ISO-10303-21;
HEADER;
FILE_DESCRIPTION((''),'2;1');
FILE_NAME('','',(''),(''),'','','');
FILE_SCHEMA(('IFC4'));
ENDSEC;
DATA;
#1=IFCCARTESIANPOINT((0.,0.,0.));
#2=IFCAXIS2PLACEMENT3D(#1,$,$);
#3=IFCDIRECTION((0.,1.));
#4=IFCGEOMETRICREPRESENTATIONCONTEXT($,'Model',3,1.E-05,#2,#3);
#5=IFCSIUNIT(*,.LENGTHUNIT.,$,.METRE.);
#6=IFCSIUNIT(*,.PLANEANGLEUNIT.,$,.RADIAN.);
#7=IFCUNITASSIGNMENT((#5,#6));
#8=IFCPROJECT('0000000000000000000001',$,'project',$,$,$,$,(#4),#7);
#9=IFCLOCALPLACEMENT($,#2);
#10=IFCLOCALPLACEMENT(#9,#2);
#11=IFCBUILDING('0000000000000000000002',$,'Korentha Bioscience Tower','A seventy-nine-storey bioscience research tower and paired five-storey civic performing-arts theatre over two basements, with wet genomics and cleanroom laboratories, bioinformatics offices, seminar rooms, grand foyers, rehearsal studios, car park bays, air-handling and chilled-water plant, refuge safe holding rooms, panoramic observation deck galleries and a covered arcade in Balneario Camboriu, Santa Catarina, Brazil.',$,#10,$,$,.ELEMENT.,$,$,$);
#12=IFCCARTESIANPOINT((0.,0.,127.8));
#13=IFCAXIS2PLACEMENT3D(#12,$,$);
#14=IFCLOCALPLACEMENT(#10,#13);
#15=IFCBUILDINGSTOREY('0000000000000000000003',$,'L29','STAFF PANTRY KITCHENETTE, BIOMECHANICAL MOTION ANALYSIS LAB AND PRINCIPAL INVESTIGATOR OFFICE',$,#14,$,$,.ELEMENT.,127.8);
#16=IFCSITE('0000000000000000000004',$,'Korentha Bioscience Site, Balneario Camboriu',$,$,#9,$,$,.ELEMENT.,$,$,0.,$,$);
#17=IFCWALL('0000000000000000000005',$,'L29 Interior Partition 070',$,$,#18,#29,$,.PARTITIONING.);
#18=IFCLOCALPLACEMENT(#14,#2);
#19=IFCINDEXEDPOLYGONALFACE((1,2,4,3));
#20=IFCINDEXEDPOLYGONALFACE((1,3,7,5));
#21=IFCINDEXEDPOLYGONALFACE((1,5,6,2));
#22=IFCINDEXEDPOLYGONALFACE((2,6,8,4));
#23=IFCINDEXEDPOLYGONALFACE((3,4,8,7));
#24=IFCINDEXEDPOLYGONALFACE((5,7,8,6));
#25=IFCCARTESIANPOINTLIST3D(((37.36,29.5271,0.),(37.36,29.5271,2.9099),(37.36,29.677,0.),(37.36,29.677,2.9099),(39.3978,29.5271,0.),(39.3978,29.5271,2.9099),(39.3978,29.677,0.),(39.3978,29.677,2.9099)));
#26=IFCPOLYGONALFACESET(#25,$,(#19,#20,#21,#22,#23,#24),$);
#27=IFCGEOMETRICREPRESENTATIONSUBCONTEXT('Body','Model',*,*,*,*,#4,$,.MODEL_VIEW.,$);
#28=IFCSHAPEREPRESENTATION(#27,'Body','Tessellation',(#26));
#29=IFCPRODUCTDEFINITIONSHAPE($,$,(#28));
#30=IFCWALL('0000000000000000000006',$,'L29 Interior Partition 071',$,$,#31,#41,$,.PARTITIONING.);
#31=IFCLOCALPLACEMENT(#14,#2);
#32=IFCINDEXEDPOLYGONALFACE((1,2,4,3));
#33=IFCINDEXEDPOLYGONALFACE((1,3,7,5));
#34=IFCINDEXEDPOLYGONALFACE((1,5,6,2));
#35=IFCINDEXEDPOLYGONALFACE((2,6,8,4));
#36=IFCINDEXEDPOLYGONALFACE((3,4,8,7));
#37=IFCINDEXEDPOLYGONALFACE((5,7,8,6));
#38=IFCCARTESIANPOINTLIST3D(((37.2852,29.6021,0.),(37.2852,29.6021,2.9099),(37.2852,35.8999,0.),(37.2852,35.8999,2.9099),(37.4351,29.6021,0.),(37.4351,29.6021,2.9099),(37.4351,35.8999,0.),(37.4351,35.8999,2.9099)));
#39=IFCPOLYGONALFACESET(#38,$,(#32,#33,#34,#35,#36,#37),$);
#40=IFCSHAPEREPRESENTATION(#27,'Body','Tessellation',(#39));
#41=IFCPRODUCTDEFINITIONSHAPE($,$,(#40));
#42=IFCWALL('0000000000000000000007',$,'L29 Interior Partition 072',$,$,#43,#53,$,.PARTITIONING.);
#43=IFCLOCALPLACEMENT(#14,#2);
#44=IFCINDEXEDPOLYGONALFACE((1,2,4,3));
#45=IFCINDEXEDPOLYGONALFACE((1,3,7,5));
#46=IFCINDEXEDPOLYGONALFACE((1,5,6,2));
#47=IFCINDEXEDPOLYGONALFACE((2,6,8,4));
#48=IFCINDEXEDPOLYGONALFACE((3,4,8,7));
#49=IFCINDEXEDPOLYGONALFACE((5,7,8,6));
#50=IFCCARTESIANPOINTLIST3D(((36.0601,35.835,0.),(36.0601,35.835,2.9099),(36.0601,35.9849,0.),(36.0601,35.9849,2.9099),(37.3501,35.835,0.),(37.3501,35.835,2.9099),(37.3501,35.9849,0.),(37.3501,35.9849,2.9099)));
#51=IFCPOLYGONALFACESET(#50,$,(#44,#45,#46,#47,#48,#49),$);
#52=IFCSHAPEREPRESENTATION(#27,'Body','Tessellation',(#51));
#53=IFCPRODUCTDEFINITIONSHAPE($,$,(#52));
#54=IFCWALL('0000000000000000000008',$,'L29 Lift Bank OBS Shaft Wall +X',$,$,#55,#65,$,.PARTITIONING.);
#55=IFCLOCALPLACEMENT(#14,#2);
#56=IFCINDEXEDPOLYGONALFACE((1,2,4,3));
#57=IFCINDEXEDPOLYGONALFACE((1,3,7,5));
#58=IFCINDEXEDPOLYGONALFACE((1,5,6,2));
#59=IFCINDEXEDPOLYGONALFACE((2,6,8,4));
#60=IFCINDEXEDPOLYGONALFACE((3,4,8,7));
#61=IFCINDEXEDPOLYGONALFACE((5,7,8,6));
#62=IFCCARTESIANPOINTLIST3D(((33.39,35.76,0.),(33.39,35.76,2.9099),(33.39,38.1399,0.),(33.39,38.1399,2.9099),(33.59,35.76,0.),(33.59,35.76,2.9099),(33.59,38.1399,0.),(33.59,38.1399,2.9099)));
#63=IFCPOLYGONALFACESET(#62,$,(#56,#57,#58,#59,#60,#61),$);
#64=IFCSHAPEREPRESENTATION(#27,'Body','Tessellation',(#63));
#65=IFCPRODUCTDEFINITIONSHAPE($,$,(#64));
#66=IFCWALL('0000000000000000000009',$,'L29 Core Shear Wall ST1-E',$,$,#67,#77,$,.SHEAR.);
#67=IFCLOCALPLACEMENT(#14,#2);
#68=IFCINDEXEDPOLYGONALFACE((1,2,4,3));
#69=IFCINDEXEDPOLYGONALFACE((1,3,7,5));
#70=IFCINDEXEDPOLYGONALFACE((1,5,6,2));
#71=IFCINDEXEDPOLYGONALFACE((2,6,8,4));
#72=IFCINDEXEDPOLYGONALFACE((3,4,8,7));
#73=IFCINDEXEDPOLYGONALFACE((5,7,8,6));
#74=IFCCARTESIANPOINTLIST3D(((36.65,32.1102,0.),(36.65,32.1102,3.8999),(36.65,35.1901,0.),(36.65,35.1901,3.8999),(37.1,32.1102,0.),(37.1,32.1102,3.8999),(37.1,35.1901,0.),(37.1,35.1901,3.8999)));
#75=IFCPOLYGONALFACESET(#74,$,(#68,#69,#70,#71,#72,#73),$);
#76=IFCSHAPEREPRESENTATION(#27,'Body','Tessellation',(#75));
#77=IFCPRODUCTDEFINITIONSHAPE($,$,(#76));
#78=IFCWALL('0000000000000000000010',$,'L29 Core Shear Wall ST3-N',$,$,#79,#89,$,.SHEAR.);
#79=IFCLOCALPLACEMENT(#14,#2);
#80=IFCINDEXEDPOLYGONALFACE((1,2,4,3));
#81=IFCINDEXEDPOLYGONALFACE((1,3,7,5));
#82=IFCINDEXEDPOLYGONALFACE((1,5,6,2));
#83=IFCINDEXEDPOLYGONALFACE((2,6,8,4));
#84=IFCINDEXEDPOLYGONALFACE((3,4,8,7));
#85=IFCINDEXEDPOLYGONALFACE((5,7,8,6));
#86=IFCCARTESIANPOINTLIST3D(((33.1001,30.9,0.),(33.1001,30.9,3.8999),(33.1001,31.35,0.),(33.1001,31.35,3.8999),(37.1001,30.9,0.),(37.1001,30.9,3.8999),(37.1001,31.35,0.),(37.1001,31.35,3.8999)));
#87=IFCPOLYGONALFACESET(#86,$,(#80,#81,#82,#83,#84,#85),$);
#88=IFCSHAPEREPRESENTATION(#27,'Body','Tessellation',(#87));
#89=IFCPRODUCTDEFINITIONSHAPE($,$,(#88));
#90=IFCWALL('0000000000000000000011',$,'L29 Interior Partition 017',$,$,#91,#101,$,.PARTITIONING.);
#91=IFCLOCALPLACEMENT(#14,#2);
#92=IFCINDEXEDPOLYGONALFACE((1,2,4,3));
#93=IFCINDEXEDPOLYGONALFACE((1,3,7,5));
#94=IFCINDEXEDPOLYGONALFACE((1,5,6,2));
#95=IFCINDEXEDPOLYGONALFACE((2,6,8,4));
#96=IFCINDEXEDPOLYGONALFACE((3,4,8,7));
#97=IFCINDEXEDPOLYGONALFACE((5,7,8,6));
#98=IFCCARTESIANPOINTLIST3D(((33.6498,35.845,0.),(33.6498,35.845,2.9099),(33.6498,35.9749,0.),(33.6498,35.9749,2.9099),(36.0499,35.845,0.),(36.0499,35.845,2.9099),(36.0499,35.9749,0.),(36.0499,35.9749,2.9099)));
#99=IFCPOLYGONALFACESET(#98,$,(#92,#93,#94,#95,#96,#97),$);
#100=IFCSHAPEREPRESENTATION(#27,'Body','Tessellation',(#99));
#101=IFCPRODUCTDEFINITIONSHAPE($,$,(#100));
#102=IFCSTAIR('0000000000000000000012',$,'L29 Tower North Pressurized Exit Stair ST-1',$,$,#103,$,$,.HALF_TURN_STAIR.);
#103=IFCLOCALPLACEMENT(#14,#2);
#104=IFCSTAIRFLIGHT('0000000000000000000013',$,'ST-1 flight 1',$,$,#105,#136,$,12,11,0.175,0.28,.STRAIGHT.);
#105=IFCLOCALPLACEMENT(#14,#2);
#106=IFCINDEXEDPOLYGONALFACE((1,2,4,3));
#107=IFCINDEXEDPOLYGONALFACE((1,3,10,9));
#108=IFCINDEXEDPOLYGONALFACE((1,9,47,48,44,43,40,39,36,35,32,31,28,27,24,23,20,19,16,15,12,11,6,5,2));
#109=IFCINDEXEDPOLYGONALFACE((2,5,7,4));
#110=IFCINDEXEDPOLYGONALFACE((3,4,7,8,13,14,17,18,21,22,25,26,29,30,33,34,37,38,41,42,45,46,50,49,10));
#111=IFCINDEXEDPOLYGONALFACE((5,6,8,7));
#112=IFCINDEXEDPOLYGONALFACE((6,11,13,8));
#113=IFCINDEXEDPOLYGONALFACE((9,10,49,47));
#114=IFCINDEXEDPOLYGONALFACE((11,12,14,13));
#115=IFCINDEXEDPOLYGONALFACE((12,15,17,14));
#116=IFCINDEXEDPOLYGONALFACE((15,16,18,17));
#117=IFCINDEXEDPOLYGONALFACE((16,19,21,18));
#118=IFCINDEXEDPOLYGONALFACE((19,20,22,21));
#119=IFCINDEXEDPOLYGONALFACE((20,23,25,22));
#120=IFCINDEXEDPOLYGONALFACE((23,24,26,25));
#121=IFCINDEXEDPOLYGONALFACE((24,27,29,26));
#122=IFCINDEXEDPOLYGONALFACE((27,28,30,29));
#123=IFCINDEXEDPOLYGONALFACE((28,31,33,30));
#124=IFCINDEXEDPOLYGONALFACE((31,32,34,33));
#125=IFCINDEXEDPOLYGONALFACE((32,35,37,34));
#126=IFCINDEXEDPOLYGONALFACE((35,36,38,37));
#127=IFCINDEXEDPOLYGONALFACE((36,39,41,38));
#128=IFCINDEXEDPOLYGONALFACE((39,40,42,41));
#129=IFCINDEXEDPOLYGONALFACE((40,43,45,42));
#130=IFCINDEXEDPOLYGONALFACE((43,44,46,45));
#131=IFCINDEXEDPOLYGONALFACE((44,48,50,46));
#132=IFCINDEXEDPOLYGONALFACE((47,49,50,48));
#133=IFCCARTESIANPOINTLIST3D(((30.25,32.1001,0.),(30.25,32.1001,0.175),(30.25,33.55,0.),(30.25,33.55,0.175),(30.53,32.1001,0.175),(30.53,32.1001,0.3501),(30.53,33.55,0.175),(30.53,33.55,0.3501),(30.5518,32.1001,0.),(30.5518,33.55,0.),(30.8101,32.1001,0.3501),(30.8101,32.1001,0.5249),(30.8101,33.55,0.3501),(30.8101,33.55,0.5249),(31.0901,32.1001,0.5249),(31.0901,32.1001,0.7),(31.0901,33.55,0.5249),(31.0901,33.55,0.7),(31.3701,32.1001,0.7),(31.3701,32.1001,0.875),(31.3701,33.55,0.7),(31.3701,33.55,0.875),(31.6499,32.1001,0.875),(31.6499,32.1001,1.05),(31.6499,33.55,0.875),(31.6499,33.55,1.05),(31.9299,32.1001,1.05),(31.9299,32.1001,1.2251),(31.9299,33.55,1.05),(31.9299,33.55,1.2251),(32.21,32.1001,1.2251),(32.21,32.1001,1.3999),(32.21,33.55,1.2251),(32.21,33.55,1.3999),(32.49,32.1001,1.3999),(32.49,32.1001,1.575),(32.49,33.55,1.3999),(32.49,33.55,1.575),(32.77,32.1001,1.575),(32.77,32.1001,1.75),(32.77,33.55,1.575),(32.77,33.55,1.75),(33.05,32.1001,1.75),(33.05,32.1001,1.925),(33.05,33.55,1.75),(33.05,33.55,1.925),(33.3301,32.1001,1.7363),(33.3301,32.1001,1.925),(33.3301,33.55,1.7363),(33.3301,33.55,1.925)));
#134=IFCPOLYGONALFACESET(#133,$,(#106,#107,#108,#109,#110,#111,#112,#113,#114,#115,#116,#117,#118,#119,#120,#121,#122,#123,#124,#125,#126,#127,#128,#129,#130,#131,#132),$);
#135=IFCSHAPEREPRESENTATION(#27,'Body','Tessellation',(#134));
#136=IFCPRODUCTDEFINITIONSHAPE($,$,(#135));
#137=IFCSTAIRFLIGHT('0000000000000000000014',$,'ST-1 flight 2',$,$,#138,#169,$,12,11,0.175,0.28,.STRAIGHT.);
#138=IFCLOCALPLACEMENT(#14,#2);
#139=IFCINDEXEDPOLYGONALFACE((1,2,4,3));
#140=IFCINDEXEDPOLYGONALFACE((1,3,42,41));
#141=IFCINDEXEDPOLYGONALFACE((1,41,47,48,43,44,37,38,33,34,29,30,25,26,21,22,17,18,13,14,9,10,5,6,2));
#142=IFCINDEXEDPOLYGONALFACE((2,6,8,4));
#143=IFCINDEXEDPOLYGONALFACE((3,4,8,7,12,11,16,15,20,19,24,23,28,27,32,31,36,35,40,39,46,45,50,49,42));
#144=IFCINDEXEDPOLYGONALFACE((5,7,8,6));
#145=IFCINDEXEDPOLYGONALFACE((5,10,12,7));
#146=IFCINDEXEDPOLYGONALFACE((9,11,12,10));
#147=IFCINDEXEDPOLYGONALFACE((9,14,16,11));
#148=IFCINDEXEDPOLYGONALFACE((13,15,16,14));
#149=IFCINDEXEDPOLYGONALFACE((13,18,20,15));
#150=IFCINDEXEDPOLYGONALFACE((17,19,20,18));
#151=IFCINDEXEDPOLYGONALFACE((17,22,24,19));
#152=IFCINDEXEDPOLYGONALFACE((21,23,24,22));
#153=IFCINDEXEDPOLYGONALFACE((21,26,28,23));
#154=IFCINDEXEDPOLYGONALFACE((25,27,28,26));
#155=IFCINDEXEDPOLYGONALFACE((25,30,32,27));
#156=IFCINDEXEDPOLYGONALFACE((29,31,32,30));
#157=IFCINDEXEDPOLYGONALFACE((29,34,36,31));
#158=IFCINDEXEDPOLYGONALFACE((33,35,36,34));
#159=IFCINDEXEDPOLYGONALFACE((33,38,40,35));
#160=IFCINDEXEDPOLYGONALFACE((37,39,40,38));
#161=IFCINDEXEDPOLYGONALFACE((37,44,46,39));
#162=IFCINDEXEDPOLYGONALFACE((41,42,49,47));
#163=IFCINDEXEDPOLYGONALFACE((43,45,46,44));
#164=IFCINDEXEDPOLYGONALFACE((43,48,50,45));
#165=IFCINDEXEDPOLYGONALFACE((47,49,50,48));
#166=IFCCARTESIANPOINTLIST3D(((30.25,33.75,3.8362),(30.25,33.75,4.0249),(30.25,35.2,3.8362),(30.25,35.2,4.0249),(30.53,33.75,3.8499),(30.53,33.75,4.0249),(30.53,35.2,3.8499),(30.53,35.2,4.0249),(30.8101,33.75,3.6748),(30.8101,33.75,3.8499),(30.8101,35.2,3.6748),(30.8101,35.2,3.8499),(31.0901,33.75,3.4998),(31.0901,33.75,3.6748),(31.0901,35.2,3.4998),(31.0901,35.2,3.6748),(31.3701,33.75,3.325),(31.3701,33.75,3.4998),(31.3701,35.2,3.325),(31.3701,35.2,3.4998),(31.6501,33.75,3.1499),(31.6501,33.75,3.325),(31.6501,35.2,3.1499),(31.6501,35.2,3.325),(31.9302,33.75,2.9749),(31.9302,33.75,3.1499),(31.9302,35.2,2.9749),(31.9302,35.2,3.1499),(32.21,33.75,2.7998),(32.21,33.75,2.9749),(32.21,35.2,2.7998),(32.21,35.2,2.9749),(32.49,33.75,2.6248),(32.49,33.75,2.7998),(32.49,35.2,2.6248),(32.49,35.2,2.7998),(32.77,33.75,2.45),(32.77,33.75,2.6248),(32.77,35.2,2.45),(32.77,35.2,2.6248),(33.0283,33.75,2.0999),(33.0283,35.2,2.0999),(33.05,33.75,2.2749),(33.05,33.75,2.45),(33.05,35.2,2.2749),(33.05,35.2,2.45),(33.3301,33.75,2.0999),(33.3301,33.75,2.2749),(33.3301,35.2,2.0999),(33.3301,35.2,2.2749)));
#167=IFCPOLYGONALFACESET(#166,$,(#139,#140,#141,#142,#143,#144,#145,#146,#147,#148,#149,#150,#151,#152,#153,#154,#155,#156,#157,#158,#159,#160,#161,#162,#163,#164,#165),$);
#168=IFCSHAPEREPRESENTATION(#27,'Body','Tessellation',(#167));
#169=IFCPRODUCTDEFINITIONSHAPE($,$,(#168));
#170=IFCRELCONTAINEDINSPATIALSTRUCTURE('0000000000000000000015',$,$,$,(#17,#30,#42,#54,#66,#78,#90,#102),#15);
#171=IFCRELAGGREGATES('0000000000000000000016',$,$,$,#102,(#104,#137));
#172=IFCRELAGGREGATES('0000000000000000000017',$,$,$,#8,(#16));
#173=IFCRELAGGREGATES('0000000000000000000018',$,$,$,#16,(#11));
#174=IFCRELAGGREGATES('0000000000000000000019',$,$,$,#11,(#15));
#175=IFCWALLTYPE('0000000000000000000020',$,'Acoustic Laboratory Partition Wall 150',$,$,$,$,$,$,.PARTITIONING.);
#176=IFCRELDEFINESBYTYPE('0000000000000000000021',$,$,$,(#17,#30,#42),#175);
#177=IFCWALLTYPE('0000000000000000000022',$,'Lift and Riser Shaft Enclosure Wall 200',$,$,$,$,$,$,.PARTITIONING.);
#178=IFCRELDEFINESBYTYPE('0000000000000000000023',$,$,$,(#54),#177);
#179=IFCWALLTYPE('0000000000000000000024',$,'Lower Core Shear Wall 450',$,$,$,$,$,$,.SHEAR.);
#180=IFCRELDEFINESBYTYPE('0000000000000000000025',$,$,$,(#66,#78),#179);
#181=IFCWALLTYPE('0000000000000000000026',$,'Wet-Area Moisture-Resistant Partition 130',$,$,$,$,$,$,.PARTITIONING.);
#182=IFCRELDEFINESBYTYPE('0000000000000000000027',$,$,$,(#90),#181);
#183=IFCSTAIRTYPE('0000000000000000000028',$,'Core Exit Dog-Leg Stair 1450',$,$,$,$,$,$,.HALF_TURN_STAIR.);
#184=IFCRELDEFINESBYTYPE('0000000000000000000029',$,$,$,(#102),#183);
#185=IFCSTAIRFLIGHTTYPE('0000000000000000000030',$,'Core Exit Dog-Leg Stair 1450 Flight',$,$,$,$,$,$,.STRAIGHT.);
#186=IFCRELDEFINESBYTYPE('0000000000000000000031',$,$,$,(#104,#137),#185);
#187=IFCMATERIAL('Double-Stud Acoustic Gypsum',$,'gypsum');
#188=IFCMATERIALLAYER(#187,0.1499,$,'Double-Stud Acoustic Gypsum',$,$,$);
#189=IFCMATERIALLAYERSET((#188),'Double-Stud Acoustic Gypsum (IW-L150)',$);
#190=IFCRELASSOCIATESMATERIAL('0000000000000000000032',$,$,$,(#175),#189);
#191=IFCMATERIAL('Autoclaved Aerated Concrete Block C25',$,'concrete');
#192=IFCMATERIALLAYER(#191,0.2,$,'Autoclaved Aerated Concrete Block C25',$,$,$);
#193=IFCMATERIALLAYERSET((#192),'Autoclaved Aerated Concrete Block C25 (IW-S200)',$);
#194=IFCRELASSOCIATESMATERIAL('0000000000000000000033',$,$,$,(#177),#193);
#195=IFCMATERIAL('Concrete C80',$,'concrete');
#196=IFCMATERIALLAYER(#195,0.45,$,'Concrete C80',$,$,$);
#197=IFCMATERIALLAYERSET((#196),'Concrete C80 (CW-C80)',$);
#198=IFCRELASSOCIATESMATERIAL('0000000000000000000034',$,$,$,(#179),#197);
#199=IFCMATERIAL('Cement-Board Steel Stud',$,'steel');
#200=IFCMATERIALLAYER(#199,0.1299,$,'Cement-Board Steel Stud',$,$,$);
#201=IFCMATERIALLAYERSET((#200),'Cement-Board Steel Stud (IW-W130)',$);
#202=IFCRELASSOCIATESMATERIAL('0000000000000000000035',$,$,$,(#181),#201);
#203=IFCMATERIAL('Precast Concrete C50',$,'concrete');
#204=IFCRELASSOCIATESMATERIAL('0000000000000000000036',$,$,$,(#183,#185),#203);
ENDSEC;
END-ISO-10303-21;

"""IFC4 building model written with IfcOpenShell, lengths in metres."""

from ifc_helpers import new_model, si_unit, direction, frame, frame_2d, origin, place, context, subcontext, project, spatial, polyline, rectangle, outline, extrude, material, layer, layer_set, type_object, element, aggregate, save


model = new_model("IFC4")

# Units and contexts
model_context = context("Model", 3, precision=1e-05, world=origin(), true_north=direction((0.0, 1.0)))
body_context = subcontext(model_context, "Body", "Model", "MODEL_VIEW")
ifc_project = project(units=[si_unit("LENGTHUNIT", "METRE"), si_unit("PLANEANGLEUNIT", "RADIAN")], contexts=[model_context])

# Site, building, storey
site_placement = place(None, origin())
site = spatial("IfcSite", under=ifc_project, at=site_placement, Name="Korentha Bioscience Site, Balneario Camboriu", CompositionType="ELEMENT", RefElevation=0.0)
building_placement = place(site_placement, origin())
building = spatial("IfcBuilding", under=site, at=building_placement, Name="Korentha Bioscience Tower", Description="A seventy-nine-storey bioscience research tower and paired five-storey civic performing-arts theatre over two basements, with wet genomics and cleanroom laboratories, bioinformatics offices, seminar rooms, grand foyers, rehearsal studios, car park bays, air-handling and chilled-water plant, refuge safe holding rooms, panoramic observation deck galleries and a covered arcade in Balneario Camboriu, Santa Catarina, Brazil.", CompositionType="ELEMENT")
storey_placement = place(building_placement, frame((0.0, 0.0, 127.8)))
storey = spatial("IfcBuildingStorey", under=building, at=storey_placement, Name="L29", Description="STAFF PANTRY KITCHENETTE, BIOMECHANICAL MOTION ANALYSIS LAB AND PRINCIPAL INVESTIGATOR OFFICE", CompositionType="ELEMENT", Elevation=127.8)

# Walls
ifc_material_1 = material(Name="Double-Stud Acoustic Gypsum", Category="gypsum")
ifc_layer_1 = layer(ifc_material_1, 0.1499, Name="Double-Stud Acoustic Gypsum")
ifc_layer_set_1 = layer_set([ifc_layer_1], Name="Double-Stud Acoustic Gypsum (IW-L150)")
wall_type_1 = type_object("IfcWallType", Name="Acoustic Laboratory Partition Wall 150", PredefinedType="PARTITIONING", material=ifc_layer_set_1)
wall_1_placement = place(storey_placement, frame((39.3979, 29.6021, 0.0), z_axis=(0.0, 0.0, 1.0), x_axis=(-1.0, 0.0, 0.0)))
element("IfcWall", 1, at=wall_1_placement, inside=storey, type_object=wall_type_1, Name="L29 Interior Partition 070", PredefinedType="PARTITIONING", context=body_context, shape_type="SweptSolid", body=[
    extrude(rectangle(XDim=2.0378, YDim=0.1499, at=frame_2d((1.019, 0.0))), origin(), (0.0, 0.0, 1.0), 2.9099),
])
wall_2_placement = place(storey_placement, frame((37.3601, 29.6021, 0.0), z_axis=(0.0, 0.0, 1.0), x_axis=(0.0, 1.0, 0.0)))
element("IfcWall", 2, at=wall_2_placement, inside=storey, type_object=wall_type_1, Name="L29 Interior Partition 071", PredefinedType="PARTITIONING", context=body_context, shape_type="SweptSolid", body=[
    extrude(rectangle(XDim=6.2979, YDim=0.1499, at=frame_2d((3.1489, 0.0))), origin(), (0.0, 0.0, 1.0), 2.9099),
])
wall_3_placement = place(storey_placement, frame((37.3501, 35.9099, 0.0), z_axis=(0.0, 0.0, 1.0), x_axis=(-1.0, 0.0, 0.0)))
element("IfcWall", 3, at=wall_3_placement, inside=storey, type_object=wall_type_1, Name="L29 Interior Partition 072", PredefinedType="PARTITIONING", context=body_context, shape_type="SweptSolid", body=[
    extrude(rectangle(XDim=1.29, YDim=0.1499, at=frame_2d((0.645, 0.0))), origin(), (0.0, 0.0, 1.0), 2.9099),
])
ifc_material_2 = material(Name="Autoclaved Aerated Concrete Block C25", Category="concrete")
ifc_layer_2 = layer(ifc_material_2, 0.2, Name="Autoclaved Aerated Concrete Block C25")
ifc_layer_set_2 = layer_set([ifc_layer_2], Name="Autoclaved Aerated Concrete Block C25 (IW-S200)")
wall_type_2 = type_object("IfcWallType", Name="Lift and Riser Shaft Enclosure Wall 200", PredefinedType="PARTITIONING", material=ifc_layer_set_2)
wall_4_placement = place(storey_placement, frame((33.49, 35.76, 0.0), z_axis=(0.0, 0.0, 1.0), x_axis=(0.0, 1.0, 0.0)))
element("IfcWall", 4, at=wall_4_placement, inside=storey, type_object=wall_type_2, Name="L29 Lift Bank OBS Shaft Wall +X", PredefinedType="PARTITIONING", context=body_context, shape_type="SweptSolid", body=[
    extrude(rectangle(XDim=2.3799, YDim=0.2, at=frame_2d((1.1899, 0.0))), origin(), (0.0, 0.0, 1.0), 2.9099),
])
ifc_material_3 = material(Name="Concrete C80", Category="concrete")
ifc_layer_3 = layer(ifc_material_3, 0.45, Name="Concrete C80")
ifc_layer_set_3 = layer_set([ifc_layer_3], Name="Concrete C80 (CW-C80)")
wall_type_3 = type_object("IfcWallType", Name="Lower Core Shear Wall 450", PredefinedType="SHEAR", material=ifc_layer_set_3)
wall_5_placement = place(storey_placement, frame((36.875, 32.1101, 0.0), z_axis=(0.0, 0.0, 1.0), x_axis=(0.0, 1.0, 0.0)))
element("IfcWall", 5, at=wall_5_placement, inside=storey, type_object=wall_type_3, Name="L29 Core Shear Wall ST1-E", PredefinedType="SHEAR", context=body_context, shape_type="SweptSolid", body=[
    extrude(rectangle(XDim=3.0798, YDim=0.45, at=frame_2d((1.54, 0.0))), origin(), (0.0, 0.0, 1.0), 3.8999),
])
wall_6_placement = place(storey_placement, frame((33.1001, 31.125, 0.0), z_axis=(0.0, 0.0, 1.0), x_axis=(1.0, 0.0, 0.0)))
element("IfcWall", 6, at=wall_6_placement, inside=storey, type_object=wall_type_3, Name="L29 Core Shear Wall ST3-N", PredefinedType="SHEAR", context=body_context, shape_type="SweptSolid", body=[
    extrude(rectangle(XDim=4.0, YDim=0.45, at=frame_2d((2.0, 0.0))), origin(), (0.0, 0.0, 1.0), 3.8999),
])
ifc_material_4 = material(Name="Cement-Board Steel Stud", Category="steel")
ifc_layer_4 = layer(ifc_material_4, 0.1299, Name="Cement-Board Steel Stud")
ifc_layer_set_4 = layer_set([ifc_layer_4], Name="Cement-Board Steel Stud (IW-W130)")
wall_type_4 = type_object("IfcWallType", Name="Wet-Area Moisture-Resistant Partition 130", PredefinedType="PARTITIONING", material=ifc_layer_set_4)
wall_7_placement = place(storey_placement, frame((36.05, 35.9099, 0.0), z_axis=(0.0, 0.0, 1.0), x_axis=(-1.0, 0.0, 0.0)))
element("IfcWall", 7, at=wall_7_placement, inside=storey, type_object=wall_type_4, Name="L29 Interior Partition 017", PredefinedType="PARTITIONING", context=body_context, shape_type="SweptSolid", body=[
    extrude(rectangle(XDim=2.4001, YDim=0.1299, at=frame_2d((1.2002, 0.0))), origin(), (0.0, 0.0, 1.0), 2.9099),
])

# Stair, stair flights
ifc_material_5 = material(Name="Precast Concrete C50", Category="concrete")
stair_type = type_object("IfcStairType", Name="Core Exit Dog-Leg Stair 1450", PredefinedType="HALF_TURN_STAIR", material=ifc_material_5)
stair_1_placement = place(storey_placement, origin())
stair_1 = element("IfcStair", 8, at=stair_1_placement, inside=storey, type_object=stair_type, Name="L29 Tower North Pressurized Exit Stair ST-1", PredefinedType="HALF_TURN_STAIR")
stair_flight_type = type_object("IfcStairFlightType", Name="Core Exit Dog-Leg Stair 1450 Flight", PredefinedType="STRAIGHT", material=ifc_material_5)
stair_flight_1_placement = place(storey_placement, frame((30.25, 32.825, 0.0), z_axis=(0.0, 0.0, 1.0), x_axis=(1.0, 0.0, 0.0)))
stair_flight_1 = element("IfcStairFlight", 9, at=stair_flight_1_placement, type_object=stair_flight_type, Name="ST-1 flight 1", NumberOfRisers=12, NumberOfTreads=11, PredefinedType="STRAIGHT", RiserHeight=0.175, TreadLength=0.28, context=body_context, shape_type="SweptSolid", body=[
    extrude(outline(polyline([(0.0, 0.0), (0.0, 0.175), (0.28, 0.175), (0.28, 0.3501), (0.5601, 0.3501), (0.5601, 0.5249), (0.8401, 0.5249), (0.8401, 0.7), (1.1201, 0.7), (1.1201, 0.875), (1.3999, 0.875), (1.3999, 1.05), (1.6799, 1.05), (1.6799, 1.2251), (1.96, 1.2251), (1.96, 1.3999), (2.24, 1.3999), (2.24, 1.575), (2.52, 1.575), (2.52, 1.75), (2.8, 1.75), (2.8, 1.925), (3.0801, 1.925), (3.0801, 2.1001), (3.0801, 1.7363), (0.3018, 0.0), (0.0, 0.0)])), frame((0.0, 0.7251, 0.0), z_axis=(0.0, -1.0, 0.0), x_axis=(1.0, 0.0, 0.0)), (0.0, 0.0, 1.0), 1.45),
])
stair_flight_2_placement = place(storey_placement, frame((33.3301, 34.4751, 2.0999), z_axis=(0.0, 0.0, 1.0), x_axis=(-1.0, 0.0, 0.0)))
stair_flight_2 = element("IfcStairFlight", 10, at=stair_flight_2_placement, type_object=stair_flight_type, Name="ST-1 flight 2", NumberOfRisers=12, NumberOfTreads=11, PredefinedType="STRAIGHT", RiserHeight=0.175, TreadLength=0.28, context=body_context, shape_type="SweptSolid", body=[
    extrude(outline(polyline([(0.0, 0.0), (0.0, 0.175), (0.28, 0.175), (0.28, 0.3501), (0.5601, 0.3501), (0.5601, 0.5249), (0.8401, 0.5249), (0.8401, 0.7), (1.1201, 0.7), (1.1201, 0.875), (1.3999, 0.875), (1.3999, 1.05), (1.6799, 1.05), (1.6799, 1.2251), (1.96, 1.2251), (1.96, 1.3999), (2.24, 1.3999), (2.24, 1.575), (2.52, 1.575), (2.52, 1.75), (2.8, 1.75), (2.8, 1.925), (3.0801, 1.925), (3.0801, 2.1001), (3.0801, 1.7363), (0.3018, 0.0), (0.0, 0.0)])), frame((0.0, 0.7251, 0.0), z_axis=(0.0, -1.0, 0.0), x_axis=(1.0, 0.0, 0.0)), (0.0, 0.0, 1.0), 1.45),
])
aggregate(stair_1, [stair_flight_1, stair_flight_2])

save(model, "model.ifc")
